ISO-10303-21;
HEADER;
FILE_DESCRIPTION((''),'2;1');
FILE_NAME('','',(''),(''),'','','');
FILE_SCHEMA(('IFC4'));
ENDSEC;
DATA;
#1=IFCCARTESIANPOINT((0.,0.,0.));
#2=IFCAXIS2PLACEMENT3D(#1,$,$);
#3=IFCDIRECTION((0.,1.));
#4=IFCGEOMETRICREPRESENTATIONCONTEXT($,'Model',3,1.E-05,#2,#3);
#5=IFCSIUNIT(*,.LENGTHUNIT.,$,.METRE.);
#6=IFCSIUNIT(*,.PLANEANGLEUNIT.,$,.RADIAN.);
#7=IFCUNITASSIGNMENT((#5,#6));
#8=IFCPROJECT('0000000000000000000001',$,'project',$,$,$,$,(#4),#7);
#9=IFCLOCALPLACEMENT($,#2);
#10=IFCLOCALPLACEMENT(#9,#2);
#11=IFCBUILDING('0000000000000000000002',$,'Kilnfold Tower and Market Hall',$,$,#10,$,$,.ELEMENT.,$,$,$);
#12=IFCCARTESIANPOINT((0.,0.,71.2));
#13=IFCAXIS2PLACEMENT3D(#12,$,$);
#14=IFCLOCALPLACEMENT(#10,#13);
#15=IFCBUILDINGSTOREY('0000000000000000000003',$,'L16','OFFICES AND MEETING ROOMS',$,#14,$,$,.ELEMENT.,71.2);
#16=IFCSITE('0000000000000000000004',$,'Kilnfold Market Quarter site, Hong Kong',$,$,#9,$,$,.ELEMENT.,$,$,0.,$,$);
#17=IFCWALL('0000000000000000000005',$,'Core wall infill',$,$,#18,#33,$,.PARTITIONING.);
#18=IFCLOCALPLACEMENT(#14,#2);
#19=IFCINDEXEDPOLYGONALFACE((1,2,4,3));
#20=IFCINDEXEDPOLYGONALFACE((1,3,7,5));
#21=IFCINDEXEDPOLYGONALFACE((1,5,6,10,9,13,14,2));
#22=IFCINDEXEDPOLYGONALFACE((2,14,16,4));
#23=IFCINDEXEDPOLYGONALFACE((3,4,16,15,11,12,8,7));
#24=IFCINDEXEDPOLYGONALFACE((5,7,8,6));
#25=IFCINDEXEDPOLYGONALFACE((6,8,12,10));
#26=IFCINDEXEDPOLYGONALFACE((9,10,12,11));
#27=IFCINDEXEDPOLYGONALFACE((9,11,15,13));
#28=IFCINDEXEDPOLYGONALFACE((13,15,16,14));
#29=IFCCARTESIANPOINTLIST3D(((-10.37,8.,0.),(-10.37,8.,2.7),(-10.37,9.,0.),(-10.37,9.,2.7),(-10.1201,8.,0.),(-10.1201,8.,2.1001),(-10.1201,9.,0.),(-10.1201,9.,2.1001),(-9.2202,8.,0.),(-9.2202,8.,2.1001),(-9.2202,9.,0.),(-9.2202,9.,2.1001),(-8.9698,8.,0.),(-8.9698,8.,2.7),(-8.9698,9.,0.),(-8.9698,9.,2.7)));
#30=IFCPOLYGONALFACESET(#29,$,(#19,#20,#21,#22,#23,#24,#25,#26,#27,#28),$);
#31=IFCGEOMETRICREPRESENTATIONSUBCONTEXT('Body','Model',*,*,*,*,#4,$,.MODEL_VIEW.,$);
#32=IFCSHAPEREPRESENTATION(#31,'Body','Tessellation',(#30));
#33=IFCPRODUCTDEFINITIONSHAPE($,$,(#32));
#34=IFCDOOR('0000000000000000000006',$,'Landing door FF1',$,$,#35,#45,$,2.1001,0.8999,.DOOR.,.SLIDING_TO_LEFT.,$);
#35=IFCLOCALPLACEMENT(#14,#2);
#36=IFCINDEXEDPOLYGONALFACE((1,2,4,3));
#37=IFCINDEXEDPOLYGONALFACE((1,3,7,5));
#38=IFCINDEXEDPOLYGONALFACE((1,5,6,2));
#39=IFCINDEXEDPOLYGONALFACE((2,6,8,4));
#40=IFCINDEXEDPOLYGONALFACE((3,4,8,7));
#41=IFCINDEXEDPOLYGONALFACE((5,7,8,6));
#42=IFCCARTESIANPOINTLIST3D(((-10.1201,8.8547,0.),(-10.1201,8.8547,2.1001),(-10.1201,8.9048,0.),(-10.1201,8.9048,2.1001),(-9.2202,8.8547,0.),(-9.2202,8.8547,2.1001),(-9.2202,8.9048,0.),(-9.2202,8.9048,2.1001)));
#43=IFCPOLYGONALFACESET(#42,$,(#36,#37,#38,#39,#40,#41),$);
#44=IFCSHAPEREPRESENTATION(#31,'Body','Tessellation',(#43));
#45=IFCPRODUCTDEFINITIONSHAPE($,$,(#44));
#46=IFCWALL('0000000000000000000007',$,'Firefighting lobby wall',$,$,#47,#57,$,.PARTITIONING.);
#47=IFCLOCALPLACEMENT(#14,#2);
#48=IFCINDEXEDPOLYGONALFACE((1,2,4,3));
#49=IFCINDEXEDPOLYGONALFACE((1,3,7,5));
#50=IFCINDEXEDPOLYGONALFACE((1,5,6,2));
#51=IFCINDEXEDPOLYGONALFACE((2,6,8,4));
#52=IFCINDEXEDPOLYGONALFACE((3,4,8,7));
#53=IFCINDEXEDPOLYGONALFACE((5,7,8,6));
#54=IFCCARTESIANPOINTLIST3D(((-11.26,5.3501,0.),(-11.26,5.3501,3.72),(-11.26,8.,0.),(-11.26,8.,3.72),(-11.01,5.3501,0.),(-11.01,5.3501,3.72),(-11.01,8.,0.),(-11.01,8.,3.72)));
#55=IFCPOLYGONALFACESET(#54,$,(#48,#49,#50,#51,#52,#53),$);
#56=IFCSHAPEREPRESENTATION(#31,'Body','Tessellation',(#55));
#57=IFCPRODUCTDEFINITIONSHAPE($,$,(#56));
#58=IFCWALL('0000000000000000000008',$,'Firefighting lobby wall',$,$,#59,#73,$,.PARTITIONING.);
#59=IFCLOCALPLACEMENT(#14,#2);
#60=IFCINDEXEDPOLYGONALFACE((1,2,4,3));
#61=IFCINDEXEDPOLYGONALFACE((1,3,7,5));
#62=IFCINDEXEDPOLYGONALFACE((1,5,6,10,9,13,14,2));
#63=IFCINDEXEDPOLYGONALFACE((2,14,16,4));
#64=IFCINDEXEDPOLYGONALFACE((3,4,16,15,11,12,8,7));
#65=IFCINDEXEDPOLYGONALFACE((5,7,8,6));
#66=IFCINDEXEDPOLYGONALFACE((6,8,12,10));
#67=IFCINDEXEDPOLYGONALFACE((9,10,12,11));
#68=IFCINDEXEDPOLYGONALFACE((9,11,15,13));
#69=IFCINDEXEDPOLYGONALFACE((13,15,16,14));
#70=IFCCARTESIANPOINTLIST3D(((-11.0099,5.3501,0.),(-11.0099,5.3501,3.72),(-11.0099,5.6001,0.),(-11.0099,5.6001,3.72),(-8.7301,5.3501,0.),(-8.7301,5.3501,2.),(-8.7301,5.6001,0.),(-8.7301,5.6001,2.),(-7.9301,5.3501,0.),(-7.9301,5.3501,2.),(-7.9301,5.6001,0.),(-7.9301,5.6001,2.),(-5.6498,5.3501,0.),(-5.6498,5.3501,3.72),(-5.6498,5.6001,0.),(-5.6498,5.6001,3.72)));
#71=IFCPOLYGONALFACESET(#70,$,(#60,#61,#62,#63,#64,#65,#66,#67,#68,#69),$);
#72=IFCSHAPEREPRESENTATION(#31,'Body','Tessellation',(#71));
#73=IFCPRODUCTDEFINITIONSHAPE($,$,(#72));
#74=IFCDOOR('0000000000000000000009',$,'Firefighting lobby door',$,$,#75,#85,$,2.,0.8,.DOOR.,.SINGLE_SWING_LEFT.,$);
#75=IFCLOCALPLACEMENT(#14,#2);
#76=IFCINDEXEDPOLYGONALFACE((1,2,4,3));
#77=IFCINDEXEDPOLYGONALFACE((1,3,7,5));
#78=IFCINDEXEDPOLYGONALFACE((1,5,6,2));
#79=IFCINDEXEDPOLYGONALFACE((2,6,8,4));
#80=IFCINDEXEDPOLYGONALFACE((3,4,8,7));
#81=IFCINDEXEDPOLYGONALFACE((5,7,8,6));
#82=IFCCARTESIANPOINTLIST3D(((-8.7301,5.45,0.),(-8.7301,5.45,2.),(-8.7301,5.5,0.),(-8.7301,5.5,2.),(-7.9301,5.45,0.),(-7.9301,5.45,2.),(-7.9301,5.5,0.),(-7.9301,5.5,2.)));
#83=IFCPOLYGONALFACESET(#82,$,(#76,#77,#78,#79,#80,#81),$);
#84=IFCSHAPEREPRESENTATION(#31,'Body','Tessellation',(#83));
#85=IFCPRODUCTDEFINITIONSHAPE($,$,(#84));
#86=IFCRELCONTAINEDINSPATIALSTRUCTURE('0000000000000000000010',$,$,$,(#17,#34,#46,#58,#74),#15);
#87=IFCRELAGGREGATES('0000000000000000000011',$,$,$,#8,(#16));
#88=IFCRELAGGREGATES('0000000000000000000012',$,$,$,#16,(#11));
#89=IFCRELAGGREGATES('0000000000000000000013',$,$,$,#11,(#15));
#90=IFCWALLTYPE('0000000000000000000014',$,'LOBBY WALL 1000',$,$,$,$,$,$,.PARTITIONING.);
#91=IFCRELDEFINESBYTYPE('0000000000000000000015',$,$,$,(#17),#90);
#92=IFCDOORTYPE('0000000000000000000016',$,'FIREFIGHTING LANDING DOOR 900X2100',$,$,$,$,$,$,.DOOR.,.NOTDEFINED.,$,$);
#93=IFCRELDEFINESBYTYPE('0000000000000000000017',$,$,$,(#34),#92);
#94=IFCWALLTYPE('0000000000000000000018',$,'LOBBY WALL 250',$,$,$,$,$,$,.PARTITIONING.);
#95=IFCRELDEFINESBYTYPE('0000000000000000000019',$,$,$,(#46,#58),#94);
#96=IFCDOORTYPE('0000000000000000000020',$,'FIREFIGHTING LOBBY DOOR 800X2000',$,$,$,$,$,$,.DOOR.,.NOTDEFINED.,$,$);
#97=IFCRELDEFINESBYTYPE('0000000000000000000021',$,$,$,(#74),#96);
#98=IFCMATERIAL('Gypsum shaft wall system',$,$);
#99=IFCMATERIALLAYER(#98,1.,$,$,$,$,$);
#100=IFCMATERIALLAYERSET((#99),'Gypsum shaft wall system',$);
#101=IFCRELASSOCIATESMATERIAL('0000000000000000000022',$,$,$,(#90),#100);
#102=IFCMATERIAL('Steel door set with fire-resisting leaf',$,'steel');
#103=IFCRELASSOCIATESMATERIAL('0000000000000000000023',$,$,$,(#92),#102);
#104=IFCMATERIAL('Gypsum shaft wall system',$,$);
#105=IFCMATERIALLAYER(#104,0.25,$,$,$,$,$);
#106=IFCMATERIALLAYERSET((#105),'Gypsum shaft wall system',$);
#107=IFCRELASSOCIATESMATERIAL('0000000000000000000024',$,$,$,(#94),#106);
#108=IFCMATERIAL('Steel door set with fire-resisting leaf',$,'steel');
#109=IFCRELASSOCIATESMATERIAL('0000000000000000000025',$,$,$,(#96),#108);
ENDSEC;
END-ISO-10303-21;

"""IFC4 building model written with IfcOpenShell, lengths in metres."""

from ifc_helpers import new_model, si_unit, direction, frame, frame_2d, origin, place, context, subcontext, project, spatial, rectangle, extrude, source, transform, mapped, material, layer, layer_set, type_object, element, fill, save


model = new_model("IFC4")

# Units and contexts
model_context = context("Model", 3, precision=1e-05, world=origin(), true_north=direction((0.0, 1.0)))
body_context = subcontext(model_context, "Body", "Model", "MODEL_VIEW")
ifc_project = project(units=[si_unit("LENGTHUNIT", "METRE"), si_unit("PLANEANGLEUNIT", "RADIAN")], contexts=[model_context])

# Site, building, storey
site_placement = place(None, origin())
site = spatial("IfcSite", under=ifc_project, at=site_placement, Name="Kilnfold Market Quarter site, Hong Kong", CompositionType="ELEMENT", RefElevation=0.0)
building_placement = place(site_placement, origin())
building = spatial("IfcBuilding", under=site, at=building_placement, Name="Kilnfold Tower and Market Hall", CompositionType="ELEMENT")
storey_placement = place(building_placement, frame((0.0, 0.0, 71.2)))
storey = spatial("IfcBuildingStorey", under=building, at=storey_placement, Name="L16", Description="OFFICES AND MEETING ROOMS", CompositionType="ELEMENT", Elevation=71.2)

# Wall, opening, door
ifc_material_1 = material(Name="Gypsum shaft wall system")
ifc_layer_1 = layer(ifc_material_1, 1.0)
ifc_layer_set_1 = layer_set([ifc_layer_1], Name="Gypsum shaft wall system")
wall_type_1 = type_object("IfcWallType", Name="LOBBY WALL 1000", PredefinedType="PARTITIONING", material=ifc_layer_set_1)
shared_shape_1 = source(origin(), body_context, "Body", "SweptSolid", [
    extrude(rectangle(XDim=1.4001, YDim=1.0, at=frame_2d((0.7002, 0.0))), origin(), (0.0, 0.0, 1.0), 2.7),
])
wall_1_placement = place(storey_placement, frame((-10.3701, 8.5, 0.0), z_axis=(0.0, 0.0, 1.0), x_axis=(1.0, 0.0, 0.0)))
wall_1 = element("IfcWall", 1, at=wall_1_placement, inside=storey, type_object=wall_type_1, Name="Core wall infill", PredefinedType="PARTITIONING", context=body_context, shape_type="MappedRepresentation", body=[
    mapped(shared_shape_1, transform((0.0, 0.0, 0.0))),
])
opening_1_placement = place(wall_1_placement, frame((0.25, 0.0, 0.0)))
opening_1 = element("IfcOpeningElement", 2, at=opening_1_placement, cuts=wall_1, PredefinedType="OPENING", context=body_context, shape_type="SweptSolid", body=[
    extrude(rectangle(XDim=0.8999, YDim=2.1001, at=frame_2d((0.45, 1.05))), frame((0.0, 0.51, 0.0), z_axis=(0.0, -1.0, 0.0), x_axis=(1.0, 0.0, 0.0)), (0.0, 0.0, 1.0), 1.02),
])
ifc_material_2 = material(Name="Steel door set with fire-resisting leaf", Category="steel")
door_type_1 = type_object("IfcDoorType", Name="FIREFIGHTING LANDING DOOR 900X2100", OperationType="NOTDEFINED", PredefinedType="DOOR", material=ifc_material_2)
door_1_placement = place(opening_1_placement, origin())
door_1 = element("IfcDoor", 3, at=door_1_placement, inside=storey, type_object=door_type_1, Name="Landing door FF1", OperationType="SLIDING_TO_LEFT", OverallHeight=2.1001, OverallWidth=0.8999, PredefinedType="DOOR", context=body_context, shape_type="SweptSolid", body=[
    extrude(rectangle(XDim=0.8999, YDim=2.1001, at=frame_2d((0.45, 1.05))), frame((0.0, 0.4048, 0.0), z_axis=(0.0, -1.0, 0.0), x_axis=(1.0, 0.0, 0.0)), (0.0, 0.0, 1.0), 0.05),
])
fill(opening_1, door_1)

# Wall
ifc_material_3 = material(Name="Gypsum shaft wall system")
ifc_layer_2 = layer(ifc_material_3, 0.25)
ifc_layer_set_2 = layer_set([ifc_layer_2], Name="Gypsum shaft wall system")
wall_type_2 = type_object("IfcWallType", Name="LOBBY WALL 250", PredefinedType="PARTITIONING", material=ifc_layer_set_2)
shared_shape_2 = source(origin(), body_context, "Body", "SweptSolid", [
    extrude(rectangle(XDim=2.6499, YDim=0.25, at=frame_2d((1.325, 0.0))), origin(), (0.0, 0.0, 1.0), 3.72),
])
wall_2_placement = place(storey_placement, frame((-11.135, 5.3501, 0.0), z_axis=(0.0, 0.0, 1.0), x_axis=(0.0, 1.0, 0.0)))
element("IfcWall", 4, at=wall_2_placement, inside=storey, type_object=wall_type_2, Name="Firefighting lobby wall", PredefinedType="PARTITIONING", context=body_context, shape_type="MappedRepresentation", body=[
    mapped(shared_shape_2, transform((0.0, 0.0, 0.0))),
])

# Wall, opening, door
shared_shape_3 = source(origin(), body_context, "Body", "SweptSolid", [
    extrude(rectangle(XDim=5.3601, YDim=0.25, at=frame_2d((2.6802, 0.0))), origin(), (0.0, 0.0, 1.0), 3.72),
])
wall_3_placement = place(storey_placement, frame((-11.01, 5.4751, 0.0), z_axis=(0.0, 0.0, 1.0), x_axis=(1.0, 0.0, 0.0)))
wall_3 = element("IfcWall", 5, at=wall_3_placement, inside=storey, type_object=wall_type_2, Name="Firefighting lobby wall", PredefinedType="PARTITIONING", context=body_context, shape_type="MappedRepresentation", body=[
    mapped(shared_shape_3, transform((0.0, 0.0, 0.0))),
])
opening_2_placement = place(wall_3_placement, frame((2.28, 0.0, 0.0)))
opening_2 = element("IfcOpeningElement", 6, at=opening_2_placement, cuts=wall_3, PredefinedType="OPENING", context=body_context, shape_type="SweptSolid", body=[
    extrude(rectangle(XDim=0.8, YDim=2.0, at=frame_2d((0.3999, 1.0))), frame((0.0, 0.135, 0.0), z_axis=(0.0, -1.0, 0.0), x_axis=(1.0, 0.0, 0.0)), (0.0, 0.0, 1.0), 0.27),
])
ifc_material_4 = material(Name="Steel door set with fire-resisting leaf", Category="steel")
door_type_2 = type_object("IfcDoorType", Name="FIREFIGHTING LOBBY DOOR 800X2000", OperationType="NOTDEFINED", PredefinedType="DOOR", material=ifc_material_4)
door_2_placement = place(opening_2_placement, origin())
door_2 = element("IfcDoor", 7, at=door_2_placement, inside=storey, type_object=door_type_2, Name="Firefighting lobby door", OperationType="SINGLE_SWING_LEFT", OverallHeight=2.0, OverallWidth=0.8, PredefinedType="DOOR", context=body_context, shape_type="SweptSolid", body=[
    extrude(rectangle(XDim=0.8, YDim=2.0, at=frame_2d((0.3999, 1.0))), frame((0.0, 0.0249, 0.0), z_axis=(0.0, -1.0, 0.0), x_axis=(1.0, 0.0, 0.0)), (0.0, 0.0, 1.0), 0.05),
])
fill(opening_2, door_2)

save(model, "model.ifc")
